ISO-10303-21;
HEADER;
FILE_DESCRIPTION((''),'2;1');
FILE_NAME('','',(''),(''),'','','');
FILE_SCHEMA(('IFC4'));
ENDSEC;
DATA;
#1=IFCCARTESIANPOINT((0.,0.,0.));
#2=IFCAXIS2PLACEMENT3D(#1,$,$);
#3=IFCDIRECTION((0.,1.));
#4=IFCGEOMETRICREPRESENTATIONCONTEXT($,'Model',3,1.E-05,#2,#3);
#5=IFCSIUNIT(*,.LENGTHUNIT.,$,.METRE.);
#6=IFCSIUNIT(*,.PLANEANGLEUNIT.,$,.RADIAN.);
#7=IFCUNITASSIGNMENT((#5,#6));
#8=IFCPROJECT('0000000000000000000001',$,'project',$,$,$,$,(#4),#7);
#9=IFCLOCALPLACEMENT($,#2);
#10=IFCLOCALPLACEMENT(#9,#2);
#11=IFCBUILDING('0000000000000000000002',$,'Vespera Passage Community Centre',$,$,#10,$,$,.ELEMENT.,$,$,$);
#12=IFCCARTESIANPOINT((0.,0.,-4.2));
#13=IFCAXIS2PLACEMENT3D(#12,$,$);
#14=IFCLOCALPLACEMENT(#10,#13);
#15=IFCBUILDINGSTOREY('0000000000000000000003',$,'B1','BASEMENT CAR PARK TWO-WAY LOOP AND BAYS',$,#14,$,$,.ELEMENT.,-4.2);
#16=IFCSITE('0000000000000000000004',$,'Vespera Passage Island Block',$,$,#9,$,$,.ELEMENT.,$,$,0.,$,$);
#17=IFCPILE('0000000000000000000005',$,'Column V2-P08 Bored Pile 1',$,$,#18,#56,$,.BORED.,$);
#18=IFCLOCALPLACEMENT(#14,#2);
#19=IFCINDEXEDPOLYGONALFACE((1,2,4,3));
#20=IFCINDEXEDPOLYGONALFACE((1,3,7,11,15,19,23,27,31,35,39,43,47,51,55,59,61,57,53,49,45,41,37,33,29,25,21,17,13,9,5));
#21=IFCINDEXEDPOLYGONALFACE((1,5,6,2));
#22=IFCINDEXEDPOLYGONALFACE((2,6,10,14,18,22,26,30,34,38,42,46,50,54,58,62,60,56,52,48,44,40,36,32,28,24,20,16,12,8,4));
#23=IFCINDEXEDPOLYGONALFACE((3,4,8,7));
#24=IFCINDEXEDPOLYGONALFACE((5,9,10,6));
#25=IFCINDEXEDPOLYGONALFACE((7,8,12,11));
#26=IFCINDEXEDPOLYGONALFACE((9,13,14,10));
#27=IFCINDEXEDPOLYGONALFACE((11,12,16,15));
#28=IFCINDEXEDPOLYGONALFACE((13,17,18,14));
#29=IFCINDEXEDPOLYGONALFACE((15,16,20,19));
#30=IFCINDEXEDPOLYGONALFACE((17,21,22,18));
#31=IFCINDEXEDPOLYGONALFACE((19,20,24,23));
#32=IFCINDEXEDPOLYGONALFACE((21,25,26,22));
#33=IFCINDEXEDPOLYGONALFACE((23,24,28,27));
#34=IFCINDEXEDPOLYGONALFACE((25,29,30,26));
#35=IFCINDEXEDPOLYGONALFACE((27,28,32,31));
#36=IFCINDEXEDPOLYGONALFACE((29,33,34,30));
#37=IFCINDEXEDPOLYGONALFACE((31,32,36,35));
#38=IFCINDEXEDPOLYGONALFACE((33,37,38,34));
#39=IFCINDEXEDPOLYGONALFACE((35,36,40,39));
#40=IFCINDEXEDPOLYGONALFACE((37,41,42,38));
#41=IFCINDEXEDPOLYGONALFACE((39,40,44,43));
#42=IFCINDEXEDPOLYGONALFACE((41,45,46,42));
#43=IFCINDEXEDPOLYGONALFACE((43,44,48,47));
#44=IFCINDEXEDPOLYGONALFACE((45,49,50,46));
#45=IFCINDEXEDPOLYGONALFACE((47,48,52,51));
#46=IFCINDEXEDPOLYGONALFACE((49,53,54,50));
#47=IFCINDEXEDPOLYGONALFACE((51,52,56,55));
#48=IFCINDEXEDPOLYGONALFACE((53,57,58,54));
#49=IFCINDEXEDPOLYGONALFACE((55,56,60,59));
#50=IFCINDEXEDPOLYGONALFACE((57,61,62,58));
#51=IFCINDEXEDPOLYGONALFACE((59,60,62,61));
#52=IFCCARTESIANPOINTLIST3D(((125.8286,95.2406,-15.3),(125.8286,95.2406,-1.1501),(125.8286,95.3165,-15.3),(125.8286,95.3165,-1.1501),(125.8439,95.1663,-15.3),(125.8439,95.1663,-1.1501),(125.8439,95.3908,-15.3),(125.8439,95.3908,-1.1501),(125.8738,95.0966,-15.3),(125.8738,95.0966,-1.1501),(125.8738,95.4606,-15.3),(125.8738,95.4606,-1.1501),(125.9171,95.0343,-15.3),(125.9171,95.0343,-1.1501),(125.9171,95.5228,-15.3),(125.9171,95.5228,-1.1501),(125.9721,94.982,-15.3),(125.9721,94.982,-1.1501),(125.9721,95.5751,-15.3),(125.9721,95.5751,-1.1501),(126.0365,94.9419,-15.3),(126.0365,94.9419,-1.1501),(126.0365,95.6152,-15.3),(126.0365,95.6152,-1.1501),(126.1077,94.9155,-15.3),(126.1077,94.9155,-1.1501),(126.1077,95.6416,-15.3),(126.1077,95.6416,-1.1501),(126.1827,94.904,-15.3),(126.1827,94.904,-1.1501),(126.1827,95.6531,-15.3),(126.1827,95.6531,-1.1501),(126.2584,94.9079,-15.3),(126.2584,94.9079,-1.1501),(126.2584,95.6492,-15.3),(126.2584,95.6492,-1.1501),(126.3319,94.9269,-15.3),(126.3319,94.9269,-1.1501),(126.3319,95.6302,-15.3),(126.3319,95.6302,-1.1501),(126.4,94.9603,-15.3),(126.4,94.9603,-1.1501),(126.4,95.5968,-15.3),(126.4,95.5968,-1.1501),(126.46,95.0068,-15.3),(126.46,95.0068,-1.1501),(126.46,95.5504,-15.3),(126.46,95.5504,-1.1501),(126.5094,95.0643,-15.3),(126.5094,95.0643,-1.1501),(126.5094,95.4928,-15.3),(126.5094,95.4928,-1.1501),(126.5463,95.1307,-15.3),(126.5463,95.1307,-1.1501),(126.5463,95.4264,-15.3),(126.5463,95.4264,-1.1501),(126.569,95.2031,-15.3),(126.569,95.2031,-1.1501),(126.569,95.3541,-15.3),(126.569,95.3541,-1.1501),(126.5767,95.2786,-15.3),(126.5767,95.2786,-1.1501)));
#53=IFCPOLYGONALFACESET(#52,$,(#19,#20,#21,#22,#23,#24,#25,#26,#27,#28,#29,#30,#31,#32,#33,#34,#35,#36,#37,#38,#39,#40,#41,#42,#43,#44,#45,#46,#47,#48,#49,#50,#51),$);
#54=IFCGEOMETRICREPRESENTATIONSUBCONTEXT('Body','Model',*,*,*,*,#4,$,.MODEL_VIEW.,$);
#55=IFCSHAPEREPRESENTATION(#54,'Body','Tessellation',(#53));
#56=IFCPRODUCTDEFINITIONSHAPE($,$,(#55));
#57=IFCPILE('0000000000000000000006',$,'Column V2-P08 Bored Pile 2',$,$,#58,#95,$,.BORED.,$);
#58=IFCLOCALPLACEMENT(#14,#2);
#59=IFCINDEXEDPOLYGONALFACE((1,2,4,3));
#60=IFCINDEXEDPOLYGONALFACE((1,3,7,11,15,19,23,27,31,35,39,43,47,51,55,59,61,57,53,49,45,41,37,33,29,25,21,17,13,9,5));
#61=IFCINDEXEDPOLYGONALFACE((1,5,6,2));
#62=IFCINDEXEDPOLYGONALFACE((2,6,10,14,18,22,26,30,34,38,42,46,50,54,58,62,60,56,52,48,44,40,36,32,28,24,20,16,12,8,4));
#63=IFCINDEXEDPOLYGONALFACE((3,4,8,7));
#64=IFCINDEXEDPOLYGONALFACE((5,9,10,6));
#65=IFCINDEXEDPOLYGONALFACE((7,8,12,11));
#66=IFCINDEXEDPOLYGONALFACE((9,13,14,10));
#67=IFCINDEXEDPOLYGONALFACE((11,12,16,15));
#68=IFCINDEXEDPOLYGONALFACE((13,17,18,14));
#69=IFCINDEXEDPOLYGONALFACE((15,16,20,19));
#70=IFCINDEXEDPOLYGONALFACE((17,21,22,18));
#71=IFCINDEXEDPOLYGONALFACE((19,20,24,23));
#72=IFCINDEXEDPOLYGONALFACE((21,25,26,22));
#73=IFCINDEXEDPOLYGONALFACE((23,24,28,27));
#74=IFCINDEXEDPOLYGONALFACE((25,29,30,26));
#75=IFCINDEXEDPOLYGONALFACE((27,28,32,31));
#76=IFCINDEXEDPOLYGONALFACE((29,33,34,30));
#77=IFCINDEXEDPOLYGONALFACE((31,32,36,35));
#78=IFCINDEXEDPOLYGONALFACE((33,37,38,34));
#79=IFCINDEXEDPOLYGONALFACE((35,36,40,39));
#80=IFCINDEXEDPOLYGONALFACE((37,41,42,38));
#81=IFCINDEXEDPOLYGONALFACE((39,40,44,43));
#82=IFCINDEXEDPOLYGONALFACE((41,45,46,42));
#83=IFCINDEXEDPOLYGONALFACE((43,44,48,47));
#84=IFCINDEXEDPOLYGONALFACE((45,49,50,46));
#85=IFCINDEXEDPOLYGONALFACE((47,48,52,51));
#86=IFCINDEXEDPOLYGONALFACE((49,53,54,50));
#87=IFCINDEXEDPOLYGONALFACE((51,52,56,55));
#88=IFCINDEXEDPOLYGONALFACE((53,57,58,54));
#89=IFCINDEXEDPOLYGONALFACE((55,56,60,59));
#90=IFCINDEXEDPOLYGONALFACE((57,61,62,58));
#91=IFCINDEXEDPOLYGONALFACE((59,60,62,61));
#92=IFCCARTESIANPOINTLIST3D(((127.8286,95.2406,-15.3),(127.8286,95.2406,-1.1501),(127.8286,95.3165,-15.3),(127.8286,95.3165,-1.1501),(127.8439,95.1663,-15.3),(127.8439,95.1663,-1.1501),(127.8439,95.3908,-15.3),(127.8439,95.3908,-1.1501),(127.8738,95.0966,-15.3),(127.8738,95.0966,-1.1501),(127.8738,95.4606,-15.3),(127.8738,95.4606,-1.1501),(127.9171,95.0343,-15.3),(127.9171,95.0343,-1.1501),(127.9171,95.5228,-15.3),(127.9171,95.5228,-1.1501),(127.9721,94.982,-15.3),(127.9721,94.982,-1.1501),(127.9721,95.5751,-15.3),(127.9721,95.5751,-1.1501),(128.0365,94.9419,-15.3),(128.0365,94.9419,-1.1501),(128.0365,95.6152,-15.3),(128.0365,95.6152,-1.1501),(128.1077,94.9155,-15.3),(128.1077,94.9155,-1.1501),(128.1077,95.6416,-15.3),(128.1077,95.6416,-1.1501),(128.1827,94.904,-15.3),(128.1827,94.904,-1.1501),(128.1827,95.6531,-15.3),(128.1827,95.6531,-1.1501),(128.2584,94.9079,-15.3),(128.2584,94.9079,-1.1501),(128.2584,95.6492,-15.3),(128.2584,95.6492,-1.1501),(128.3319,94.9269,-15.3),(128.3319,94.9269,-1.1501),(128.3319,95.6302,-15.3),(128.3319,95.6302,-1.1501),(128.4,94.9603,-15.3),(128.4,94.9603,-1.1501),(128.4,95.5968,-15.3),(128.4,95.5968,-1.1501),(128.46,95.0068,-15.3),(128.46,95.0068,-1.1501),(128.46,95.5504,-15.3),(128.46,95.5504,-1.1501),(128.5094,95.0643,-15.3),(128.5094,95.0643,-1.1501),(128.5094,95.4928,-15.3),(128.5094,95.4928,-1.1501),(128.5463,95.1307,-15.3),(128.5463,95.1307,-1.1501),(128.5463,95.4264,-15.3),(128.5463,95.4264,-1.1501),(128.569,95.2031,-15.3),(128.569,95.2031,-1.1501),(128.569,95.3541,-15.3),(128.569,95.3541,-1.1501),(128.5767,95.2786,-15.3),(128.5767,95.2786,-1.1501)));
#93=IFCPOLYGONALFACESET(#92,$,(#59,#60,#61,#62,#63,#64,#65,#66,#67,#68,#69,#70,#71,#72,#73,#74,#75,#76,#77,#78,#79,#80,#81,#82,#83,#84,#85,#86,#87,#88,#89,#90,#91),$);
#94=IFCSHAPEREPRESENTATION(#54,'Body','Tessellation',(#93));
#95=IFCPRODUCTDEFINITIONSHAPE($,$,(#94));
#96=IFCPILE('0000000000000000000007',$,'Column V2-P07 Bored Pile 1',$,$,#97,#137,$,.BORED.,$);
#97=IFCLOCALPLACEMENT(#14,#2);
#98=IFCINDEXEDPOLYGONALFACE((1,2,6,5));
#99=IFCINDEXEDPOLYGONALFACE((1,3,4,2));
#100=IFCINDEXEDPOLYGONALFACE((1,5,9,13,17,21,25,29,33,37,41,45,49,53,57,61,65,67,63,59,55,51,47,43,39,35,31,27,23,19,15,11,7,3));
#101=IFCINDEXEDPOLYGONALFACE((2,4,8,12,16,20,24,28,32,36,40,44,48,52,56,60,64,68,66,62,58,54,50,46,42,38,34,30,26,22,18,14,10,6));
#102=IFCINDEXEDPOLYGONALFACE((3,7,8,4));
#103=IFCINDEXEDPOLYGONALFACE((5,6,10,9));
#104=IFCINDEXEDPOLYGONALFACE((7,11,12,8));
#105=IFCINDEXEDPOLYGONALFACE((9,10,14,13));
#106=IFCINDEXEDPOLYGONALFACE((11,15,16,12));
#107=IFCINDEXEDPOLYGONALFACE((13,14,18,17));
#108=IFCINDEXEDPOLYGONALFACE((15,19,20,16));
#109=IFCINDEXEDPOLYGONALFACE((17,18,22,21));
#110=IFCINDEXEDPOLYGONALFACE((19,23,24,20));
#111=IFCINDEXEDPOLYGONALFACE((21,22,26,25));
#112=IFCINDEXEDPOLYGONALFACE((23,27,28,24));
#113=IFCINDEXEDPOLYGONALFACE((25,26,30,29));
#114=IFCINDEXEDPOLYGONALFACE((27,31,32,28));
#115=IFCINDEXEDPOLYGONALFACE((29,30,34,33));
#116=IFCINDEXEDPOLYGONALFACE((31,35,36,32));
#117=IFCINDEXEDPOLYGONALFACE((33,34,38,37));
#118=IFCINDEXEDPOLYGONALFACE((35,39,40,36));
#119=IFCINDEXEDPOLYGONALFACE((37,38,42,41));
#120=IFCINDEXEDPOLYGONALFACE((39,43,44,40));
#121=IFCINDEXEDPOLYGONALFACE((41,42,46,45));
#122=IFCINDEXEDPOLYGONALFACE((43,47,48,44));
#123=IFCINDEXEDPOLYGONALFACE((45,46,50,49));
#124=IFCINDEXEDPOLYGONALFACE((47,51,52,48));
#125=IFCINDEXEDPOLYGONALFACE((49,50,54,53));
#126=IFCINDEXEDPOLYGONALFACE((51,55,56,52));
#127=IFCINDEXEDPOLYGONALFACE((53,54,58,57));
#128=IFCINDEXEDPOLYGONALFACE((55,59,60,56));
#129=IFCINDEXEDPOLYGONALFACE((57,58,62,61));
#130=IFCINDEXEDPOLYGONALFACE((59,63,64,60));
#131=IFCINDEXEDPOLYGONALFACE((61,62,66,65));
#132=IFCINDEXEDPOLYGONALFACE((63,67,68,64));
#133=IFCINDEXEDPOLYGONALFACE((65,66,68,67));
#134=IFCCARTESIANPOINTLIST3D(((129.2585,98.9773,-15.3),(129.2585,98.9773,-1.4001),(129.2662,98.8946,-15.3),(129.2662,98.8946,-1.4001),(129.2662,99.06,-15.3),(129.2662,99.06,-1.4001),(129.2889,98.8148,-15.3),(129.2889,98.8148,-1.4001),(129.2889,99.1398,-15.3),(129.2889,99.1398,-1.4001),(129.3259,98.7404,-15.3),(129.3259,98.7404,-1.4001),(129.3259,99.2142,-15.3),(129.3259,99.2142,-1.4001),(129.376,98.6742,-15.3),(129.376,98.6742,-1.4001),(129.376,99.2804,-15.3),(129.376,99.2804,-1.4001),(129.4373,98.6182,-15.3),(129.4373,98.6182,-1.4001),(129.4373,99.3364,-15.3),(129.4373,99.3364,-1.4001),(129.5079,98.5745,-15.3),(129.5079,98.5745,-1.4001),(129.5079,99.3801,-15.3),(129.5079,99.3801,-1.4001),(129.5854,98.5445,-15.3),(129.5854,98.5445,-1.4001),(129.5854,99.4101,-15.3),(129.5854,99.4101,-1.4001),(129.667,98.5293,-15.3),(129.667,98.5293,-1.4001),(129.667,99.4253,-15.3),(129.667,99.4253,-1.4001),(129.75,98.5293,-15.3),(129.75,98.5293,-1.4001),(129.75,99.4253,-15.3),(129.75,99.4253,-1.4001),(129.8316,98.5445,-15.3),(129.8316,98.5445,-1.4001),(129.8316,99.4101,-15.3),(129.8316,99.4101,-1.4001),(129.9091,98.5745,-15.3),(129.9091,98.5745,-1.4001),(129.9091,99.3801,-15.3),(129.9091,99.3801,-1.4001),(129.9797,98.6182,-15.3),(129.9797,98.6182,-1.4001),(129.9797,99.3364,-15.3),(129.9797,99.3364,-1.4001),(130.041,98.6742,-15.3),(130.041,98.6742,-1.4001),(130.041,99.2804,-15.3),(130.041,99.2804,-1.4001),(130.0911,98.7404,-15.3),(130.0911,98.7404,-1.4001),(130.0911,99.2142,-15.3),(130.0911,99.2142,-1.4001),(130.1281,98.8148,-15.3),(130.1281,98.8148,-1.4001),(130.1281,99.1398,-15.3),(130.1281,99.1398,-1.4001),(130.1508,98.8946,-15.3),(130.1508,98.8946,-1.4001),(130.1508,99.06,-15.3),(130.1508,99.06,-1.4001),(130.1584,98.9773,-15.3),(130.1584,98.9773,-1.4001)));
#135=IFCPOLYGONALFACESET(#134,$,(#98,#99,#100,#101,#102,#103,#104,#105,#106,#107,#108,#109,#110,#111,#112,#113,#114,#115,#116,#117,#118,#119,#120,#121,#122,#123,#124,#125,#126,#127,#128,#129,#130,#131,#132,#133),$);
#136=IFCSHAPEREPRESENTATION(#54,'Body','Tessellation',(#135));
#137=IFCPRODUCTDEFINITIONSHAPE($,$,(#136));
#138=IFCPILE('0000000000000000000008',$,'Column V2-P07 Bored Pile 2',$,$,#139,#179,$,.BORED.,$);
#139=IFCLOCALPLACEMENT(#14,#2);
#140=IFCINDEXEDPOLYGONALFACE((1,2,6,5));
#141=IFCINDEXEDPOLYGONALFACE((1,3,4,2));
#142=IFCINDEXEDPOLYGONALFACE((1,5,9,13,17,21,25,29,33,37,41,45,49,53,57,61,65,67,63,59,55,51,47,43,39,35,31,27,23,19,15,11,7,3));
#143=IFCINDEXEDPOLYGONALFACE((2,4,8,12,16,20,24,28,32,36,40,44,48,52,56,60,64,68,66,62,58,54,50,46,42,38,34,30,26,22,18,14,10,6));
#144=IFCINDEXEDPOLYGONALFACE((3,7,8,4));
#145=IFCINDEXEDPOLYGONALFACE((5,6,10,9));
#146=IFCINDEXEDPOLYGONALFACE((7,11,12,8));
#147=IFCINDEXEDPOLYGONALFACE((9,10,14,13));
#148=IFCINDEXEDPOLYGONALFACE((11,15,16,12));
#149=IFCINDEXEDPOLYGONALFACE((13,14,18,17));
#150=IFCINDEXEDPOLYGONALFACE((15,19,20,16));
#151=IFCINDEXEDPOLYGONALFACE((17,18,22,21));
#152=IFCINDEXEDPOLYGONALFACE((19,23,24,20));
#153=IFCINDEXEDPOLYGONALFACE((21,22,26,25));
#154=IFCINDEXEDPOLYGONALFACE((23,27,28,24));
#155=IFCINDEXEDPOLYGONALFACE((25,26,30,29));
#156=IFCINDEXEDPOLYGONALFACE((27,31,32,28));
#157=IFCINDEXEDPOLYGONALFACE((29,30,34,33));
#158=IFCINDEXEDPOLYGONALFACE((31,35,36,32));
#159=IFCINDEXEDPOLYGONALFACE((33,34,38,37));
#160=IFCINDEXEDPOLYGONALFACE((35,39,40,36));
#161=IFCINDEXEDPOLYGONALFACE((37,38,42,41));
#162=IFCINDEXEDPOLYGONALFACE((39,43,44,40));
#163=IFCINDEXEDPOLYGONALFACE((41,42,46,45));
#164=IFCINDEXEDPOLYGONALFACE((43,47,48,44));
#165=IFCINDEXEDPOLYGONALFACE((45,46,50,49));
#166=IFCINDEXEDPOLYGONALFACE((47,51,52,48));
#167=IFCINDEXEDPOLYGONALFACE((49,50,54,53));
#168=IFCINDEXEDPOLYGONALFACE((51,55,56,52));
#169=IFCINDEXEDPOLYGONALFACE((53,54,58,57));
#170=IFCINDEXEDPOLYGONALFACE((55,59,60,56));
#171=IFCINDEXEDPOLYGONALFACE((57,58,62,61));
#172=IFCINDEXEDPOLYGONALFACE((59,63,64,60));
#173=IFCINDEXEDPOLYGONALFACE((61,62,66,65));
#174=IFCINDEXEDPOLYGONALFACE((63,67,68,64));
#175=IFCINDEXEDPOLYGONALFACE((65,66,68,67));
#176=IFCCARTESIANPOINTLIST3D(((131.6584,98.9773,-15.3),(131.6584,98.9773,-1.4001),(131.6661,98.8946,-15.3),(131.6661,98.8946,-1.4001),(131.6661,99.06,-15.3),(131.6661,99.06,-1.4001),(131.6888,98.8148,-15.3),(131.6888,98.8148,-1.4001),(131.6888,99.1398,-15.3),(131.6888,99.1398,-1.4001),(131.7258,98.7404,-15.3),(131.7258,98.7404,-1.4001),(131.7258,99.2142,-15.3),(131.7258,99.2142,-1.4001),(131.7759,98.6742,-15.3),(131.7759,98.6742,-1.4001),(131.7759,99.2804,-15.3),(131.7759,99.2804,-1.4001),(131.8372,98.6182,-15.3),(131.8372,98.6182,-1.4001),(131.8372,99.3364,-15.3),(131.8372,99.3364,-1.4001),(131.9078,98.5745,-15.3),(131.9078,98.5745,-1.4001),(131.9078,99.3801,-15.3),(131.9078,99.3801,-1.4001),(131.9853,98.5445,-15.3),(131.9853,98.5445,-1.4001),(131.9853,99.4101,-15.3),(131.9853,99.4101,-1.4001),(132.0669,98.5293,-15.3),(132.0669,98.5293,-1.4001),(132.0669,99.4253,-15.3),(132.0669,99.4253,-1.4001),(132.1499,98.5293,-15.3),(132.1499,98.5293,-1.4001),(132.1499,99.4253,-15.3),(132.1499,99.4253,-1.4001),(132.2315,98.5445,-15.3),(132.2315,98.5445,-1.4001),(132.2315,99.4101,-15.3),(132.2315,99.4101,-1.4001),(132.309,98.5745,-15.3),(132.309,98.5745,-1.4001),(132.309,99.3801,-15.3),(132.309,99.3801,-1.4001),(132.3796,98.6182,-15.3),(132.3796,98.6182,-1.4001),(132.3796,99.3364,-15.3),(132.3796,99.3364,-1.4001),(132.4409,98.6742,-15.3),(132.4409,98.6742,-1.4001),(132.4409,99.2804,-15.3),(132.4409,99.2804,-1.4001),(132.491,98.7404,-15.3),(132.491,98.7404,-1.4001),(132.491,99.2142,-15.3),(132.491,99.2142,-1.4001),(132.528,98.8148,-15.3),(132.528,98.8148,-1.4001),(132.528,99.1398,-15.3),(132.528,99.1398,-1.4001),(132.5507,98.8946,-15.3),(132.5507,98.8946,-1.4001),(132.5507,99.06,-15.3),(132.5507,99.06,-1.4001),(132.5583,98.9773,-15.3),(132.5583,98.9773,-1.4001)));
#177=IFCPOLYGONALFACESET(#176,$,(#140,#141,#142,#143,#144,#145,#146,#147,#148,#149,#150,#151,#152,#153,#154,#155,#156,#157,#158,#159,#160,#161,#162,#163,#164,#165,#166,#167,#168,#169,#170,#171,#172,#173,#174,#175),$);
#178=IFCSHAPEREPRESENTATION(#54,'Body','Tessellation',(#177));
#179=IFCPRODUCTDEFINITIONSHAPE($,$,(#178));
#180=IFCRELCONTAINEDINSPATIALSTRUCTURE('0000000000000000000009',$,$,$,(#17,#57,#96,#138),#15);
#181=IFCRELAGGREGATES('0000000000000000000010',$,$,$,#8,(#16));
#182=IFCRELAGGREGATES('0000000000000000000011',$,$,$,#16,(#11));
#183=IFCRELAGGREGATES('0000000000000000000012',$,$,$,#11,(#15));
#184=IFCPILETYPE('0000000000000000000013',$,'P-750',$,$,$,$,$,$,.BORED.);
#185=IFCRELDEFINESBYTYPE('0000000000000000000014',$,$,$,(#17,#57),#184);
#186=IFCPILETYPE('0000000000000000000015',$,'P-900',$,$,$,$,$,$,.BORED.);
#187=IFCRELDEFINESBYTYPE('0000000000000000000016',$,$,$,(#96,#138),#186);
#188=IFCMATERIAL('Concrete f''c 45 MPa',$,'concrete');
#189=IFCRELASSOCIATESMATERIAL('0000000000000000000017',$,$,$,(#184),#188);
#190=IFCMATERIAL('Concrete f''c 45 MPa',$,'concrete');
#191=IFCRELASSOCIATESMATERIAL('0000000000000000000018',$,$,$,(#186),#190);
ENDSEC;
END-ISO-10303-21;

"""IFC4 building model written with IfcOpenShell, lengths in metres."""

from ifc_helpers import new_model, si_unit, direction, frame, origin, origin_2d, place, context, subcontext, project, spatial, circle, extrude, material, material_profile, profile_set, type_object, element, save


model = new_model("IFC4")

# Units and contexts
model_context = context("Model", 3, precision=1e-05, world=origin(), true_north=direction((0.0, 1.0)))
body_context = subcontext(model_context, "Body", "Model", "MODEL_VIEW")
ifc_project = project(units=[si_unit("LENGTHUNIT", "METRE"), si_unit("PLANEANGLEUNIT", "RADIAN")], contexts=[model_context])

# Site, building, storey
site_placement = place(None, origin())
site = spatial("IfcSite", under=ifc_project, at=site_placement, Name="Vespera Passage Island Block", CompositionType="ELEMENT", RefElevation=0.0)
building_placement = place(site_placement, origin())
building = spatial("IfcBuilding", under=site, at=building_placement, Name="Vespera Passage Community Centre", CompositionType="ELEMENT")
storey_placement = place(building_placement, frame((0.0, 0.0, -4.2)))
storey = spatial("IfcBuildingStorey", under=building, at=storey_placement, Name="B1", Description="BASEMENT CAR PARK TWO-WAY LOOP AND BAYS", CompositionType="ELEMENT", Elevation=-4.2)

# Piles
ifc_material_1 = material(Name="Concrete f'c 45 MPa", Category="concrete")
ifc_material_profile_1 = material_profile(ifc_material_1, circle(Radius=0.375, at=origin_2d()), Name="PILE750DIA")
ifc_profile_set_1 = profile_set([ifc_material_profile_1], Name="Concrete f'c 45 MPa")
pile_type_1 = type_object("IfcPileType", Name="P-750", PredefinedType="BORED", material=ifc_profile_set_1)
for number, where, z_axis, x_axis, name in (
    (1, (126.2017, 95.2786, -1.1501), (0.0, 0.0, -1.0), (1.0, 0.0, 0.0), "Column V2-P08 Bored Pile 1"),
    (2, (128.2017, 95.2786, -1.1501), (0.0, 0.0, -1.0), (1.0, 0.0, 0.0), "Column V2-P08 Bored Pile 2"),
):
    element("IfcPile", number, at=place(storey_placement, frame(where, z_axis=z_axis, x_axis=x_axis)), inside=storey, type_object=pile_type_1, Name=name, PredefinedType="BORED", context=body_context, shape_type="SweptSolid", body=[
        extrude(circle(Radius=0.375, at=origin_2d()), origin(), (0.0, 0.0, 1.0), 14.1499),
    ])
ifc_material_2 = material(Name="Concrete f'c 45 MPa", Category="concrete")
ifc_material_profile_2 = material_profile(ifc_material_2, circle(Radius=0.45, at=origin_2d()), Name="PILE900DIA")
ifc_profile_set_2 = profile_set([ifc_material_profile_2], Name="Concrete f'c 45 MPa")
pile_type_2 = type_object("IfcPileType", Name="P-900", PredefinedType="BORED", material=ifc_profile_set_2)
for number, where, z_axis, x_axis, name in (
    (3, (129.7085, 98.9773, -1.4001), (0.0, 0.0, -1.0), (1.0, 0.0, 0.0), "Column V2-P07 Bored Pile 1"),
    (4, (132.1084, 98.9773, -1.4001), (0.0, 0.0, -1.0), (1.0, 0.0, 0.0), "Column V2-P07 Bored Pile 2"),
):
    element("IfcPile", number, at=place(storey_placement, frame(where, z_axis=z_axis, x_axis=x_axis)), inside=storey, type_object=pile_type_2, Name=name, PredefinedType="BORED", context=body_context, shape_type="SweptSolid", body=[
        extrude(circle(Radius=0.45, at=origin_2d()), origin(), (0.0, 0.0, 1.0), 13.8999),
    ])

save(model, "model.ifc")
